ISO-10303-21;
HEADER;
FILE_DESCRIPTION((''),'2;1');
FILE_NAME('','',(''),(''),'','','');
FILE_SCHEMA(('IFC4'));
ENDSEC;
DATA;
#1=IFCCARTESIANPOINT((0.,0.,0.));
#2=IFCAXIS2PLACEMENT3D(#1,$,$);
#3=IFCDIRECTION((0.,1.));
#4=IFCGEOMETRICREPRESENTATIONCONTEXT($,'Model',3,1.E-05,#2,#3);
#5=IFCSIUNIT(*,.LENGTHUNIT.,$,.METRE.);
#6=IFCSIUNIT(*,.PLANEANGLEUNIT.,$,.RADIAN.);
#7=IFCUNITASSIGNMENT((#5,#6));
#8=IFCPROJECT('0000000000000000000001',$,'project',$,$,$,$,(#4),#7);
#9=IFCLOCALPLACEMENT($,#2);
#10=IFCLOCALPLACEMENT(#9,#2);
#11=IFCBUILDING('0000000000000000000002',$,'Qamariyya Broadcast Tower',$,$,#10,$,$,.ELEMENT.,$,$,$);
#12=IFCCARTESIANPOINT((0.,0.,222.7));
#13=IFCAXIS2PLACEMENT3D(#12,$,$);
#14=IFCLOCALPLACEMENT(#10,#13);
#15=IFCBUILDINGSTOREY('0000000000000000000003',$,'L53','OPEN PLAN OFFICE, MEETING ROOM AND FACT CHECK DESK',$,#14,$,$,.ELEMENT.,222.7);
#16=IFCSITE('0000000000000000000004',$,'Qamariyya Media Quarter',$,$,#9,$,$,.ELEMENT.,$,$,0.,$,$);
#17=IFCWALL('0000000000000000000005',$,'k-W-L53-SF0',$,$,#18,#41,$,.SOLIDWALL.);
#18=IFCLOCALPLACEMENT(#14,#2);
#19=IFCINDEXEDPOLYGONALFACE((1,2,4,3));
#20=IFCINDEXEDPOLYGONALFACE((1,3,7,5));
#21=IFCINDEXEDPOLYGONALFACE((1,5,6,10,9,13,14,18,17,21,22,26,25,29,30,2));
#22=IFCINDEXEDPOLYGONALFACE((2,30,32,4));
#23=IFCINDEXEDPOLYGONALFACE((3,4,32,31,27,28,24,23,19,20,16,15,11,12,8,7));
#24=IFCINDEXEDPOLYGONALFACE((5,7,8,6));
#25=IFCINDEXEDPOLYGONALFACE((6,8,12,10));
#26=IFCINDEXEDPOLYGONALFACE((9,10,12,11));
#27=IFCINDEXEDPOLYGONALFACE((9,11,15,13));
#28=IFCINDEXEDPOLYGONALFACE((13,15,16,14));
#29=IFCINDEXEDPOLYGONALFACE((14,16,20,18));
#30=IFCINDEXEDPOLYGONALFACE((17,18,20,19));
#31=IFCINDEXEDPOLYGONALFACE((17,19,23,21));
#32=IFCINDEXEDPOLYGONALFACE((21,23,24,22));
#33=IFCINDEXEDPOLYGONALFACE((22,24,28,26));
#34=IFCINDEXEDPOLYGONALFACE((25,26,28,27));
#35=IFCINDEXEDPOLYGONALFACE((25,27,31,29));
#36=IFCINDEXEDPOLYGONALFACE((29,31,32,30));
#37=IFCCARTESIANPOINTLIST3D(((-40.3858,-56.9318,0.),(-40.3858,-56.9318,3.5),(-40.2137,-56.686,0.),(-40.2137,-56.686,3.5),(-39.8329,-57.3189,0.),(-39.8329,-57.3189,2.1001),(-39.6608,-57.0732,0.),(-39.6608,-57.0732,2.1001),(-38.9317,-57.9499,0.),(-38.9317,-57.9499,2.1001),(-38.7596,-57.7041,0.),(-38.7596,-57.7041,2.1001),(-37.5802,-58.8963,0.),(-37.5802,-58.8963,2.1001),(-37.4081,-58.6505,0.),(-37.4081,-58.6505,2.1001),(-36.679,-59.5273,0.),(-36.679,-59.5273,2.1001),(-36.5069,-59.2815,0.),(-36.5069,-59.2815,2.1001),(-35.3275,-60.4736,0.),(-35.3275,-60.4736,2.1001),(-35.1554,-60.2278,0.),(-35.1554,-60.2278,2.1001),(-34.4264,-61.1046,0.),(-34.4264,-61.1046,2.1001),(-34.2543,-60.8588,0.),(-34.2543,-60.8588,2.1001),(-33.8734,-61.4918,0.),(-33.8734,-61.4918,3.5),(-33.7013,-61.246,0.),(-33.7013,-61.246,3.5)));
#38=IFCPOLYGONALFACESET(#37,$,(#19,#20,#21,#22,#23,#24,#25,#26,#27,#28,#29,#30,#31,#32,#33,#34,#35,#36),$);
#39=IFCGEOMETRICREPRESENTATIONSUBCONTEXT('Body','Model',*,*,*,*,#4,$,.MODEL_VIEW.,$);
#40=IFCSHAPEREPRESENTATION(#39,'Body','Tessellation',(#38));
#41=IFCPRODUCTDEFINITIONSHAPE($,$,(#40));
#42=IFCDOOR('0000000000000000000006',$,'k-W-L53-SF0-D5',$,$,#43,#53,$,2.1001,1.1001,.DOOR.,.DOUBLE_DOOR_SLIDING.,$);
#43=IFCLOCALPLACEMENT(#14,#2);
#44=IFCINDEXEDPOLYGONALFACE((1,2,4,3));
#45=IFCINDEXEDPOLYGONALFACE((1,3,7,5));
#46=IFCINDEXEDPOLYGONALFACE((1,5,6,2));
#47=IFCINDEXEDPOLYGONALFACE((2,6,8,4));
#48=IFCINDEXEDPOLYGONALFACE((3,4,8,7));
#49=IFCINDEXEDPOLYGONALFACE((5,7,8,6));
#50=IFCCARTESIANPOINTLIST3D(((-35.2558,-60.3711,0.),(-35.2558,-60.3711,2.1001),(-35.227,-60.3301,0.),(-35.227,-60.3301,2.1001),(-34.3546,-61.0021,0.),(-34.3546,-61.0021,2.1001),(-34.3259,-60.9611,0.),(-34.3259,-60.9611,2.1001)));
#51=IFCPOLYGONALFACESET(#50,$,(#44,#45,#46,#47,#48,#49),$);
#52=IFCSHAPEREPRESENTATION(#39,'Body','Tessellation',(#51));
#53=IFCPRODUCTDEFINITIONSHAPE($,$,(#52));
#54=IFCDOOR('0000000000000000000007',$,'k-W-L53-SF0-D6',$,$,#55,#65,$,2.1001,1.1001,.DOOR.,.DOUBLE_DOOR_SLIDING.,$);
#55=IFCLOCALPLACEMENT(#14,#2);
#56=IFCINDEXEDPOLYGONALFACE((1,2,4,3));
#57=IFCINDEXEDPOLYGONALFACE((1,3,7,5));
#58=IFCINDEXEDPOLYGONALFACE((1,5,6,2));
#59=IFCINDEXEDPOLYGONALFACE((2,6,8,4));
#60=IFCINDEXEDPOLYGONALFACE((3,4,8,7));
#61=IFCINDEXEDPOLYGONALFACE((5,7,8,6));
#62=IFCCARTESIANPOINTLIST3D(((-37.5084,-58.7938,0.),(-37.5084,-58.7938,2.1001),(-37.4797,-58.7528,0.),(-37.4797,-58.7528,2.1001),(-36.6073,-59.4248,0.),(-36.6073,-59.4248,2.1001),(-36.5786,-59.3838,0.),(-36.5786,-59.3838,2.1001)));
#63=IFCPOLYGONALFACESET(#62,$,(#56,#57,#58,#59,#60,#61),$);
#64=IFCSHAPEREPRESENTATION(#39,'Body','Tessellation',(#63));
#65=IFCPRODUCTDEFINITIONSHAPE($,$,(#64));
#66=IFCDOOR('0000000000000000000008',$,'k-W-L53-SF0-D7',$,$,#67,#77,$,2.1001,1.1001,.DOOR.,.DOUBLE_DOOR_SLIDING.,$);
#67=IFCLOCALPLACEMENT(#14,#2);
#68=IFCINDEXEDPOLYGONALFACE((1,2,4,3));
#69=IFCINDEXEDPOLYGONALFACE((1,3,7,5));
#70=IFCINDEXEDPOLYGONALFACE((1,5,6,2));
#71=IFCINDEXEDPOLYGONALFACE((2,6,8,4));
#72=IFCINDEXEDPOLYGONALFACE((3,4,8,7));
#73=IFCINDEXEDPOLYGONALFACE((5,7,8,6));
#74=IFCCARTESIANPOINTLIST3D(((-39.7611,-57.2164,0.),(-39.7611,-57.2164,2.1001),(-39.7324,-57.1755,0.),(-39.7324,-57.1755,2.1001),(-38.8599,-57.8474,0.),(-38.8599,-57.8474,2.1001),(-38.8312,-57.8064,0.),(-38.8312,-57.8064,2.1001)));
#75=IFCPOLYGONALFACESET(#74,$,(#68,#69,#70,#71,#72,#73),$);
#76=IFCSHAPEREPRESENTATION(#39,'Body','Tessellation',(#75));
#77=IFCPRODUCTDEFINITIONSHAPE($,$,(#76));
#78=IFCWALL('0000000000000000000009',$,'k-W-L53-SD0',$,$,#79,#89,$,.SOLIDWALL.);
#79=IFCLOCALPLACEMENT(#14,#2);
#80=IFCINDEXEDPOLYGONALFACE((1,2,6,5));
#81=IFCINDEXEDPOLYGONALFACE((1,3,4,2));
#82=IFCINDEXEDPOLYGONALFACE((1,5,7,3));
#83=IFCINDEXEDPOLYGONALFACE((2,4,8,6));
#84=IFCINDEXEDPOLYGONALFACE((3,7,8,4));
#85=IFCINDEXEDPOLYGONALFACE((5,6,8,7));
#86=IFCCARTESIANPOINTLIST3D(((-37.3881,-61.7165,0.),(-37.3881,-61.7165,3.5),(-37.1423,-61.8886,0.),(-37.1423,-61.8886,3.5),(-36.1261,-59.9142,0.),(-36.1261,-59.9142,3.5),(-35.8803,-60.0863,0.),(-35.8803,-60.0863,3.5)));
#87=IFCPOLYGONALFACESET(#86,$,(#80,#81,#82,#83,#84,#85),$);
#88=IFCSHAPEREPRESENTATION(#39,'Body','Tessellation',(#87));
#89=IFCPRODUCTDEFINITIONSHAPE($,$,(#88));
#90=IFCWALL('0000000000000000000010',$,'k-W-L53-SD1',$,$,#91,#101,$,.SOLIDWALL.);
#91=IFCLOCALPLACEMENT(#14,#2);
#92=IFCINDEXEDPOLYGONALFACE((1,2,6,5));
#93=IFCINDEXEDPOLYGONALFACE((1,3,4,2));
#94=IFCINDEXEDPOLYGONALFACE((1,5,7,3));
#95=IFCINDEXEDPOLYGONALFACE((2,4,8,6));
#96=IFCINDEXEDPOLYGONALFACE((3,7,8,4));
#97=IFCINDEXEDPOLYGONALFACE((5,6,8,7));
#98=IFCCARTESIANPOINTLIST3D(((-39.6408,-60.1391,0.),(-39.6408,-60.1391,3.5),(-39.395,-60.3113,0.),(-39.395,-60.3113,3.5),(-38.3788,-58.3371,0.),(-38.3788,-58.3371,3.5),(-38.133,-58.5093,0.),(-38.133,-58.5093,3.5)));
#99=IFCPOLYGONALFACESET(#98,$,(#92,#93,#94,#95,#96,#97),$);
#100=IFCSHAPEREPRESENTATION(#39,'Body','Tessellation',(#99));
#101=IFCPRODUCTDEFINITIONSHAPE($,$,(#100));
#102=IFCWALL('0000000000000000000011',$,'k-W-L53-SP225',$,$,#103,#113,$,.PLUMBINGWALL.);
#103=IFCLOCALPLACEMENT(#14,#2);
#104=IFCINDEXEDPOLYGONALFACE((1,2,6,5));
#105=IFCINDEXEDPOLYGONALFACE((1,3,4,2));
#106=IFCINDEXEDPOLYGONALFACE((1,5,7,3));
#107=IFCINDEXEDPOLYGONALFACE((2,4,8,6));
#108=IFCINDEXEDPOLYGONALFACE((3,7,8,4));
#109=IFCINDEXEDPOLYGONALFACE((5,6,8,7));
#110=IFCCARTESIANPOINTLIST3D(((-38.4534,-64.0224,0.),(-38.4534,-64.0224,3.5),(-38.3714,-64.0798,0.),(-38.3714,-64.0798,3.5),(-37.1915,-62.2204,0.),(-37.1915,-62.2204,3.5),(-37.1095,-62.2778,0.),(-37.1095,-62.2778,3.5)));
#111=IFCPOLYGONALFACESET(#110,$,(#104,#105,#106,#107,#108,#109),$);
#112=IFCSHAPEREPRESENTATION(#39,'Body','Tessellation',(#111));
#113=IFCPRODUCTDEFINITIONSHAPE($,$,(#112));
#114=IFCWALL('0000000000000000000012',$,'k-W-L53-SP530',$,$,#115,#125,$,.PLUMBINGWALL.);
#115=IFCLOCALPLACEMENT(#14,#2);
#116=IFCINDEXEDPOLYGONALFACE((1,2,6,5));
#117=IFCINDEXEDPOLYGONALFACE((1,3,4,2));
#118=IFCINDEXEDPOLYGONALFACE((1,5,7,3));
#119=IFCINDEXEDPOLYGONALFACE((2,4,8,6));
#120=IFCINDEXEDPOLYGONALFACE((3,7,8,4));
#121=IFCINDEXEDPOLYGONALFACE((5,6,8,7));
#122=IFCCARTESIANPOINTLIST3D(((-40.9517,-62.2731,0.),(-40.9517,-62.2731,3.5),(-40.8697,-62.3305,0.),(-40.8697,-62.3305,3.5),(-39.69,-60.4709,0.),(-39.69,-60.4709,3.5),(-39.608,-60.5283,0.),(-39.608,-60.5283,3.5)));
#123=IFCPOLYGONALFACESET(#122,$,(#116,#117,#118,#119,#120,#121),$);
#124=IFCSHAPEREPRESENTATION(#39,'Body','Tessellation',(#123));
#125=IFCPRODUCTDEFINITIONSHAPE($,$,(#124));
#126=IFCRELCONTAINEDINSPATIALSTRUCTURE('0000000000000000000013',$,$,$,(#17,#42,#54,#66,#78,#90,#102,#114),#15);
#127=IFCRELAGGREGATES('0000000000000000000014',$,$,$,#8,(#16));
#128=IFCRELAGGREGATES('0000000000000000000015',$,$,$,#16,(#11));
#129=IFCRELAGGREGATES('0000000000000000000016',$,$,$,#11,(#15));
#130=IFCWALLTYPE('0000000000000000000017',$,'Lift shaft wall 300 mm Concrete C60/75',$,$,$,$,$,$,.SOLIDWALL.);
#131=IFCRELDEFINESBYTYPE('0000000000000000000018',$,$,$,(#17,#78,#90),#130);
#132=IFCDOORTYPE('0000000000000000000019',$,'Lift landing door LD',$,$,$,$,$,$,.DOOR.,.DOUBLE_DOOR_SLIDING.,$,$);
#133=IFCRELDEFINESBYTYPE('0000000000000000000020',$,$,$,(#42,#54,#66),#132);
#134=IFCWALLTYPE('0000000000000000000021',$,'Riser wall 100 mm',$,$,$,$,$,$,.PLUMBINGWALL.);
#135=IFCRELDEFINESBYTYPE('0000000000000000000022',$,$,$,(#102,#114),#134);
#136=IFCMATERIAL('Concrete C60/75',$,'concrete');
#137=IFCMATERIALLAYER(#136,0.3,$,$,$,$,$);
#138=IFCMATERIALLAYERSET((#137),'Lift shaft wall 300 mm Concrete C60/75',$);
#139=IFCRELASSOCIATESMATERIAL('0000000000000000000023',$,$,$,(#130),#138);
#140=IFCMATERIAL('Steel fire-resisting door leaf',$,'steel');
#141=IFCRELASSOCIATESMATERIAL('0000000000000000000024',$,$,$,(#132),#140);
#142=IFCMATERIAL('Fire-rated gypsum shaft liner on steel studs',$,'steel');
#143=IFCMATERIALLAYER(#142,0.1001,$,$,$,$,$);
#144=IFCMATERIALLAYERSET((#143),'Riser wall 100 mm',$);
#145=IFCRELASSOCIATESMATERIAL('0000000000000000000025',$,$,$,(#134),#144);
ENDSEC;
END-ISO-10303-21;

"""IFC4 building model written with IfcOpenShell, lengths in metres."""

from ifc_helpers import new_model, si_unit, direction, frame, frame_2d, origin, place, context, subcontext, project, spatial, rectangle, extrude, material, layer, layer_set, type_object, element, fill, save


model = new_model("IFC4")

# Units and contexts
model_context = context("Model", 3, precision=1e-05, world=origin(), true_north=direction((0.0, 1.0)))
body_context = subcontext(model_context, "Body", "Model", "MODEL_VIEW")
ifc_project = project(units=[si_unit("LENGTHUNIT", "METRE"), si_unit("PLANEANGLEUNIT", "RADIAN")], contexts=[model_context])

# Site, building, storey
site_placement = place(None, origin())
site = spatial("IfcSite", under=ifc_project, at=site_placement, Name="Qamariyya Media Quarter", CompositionType="ELEMENT", RefElevation=0.0)
building_placement = place(site_placement, origin())
building = spatial("IfcBuilding", under=site, at=building_placement, Name="Qamariyya Broadcast Tower", CompositionType="ELEMENT")
storey_placement = place(building_placement, frame((0.0, 0.0, 222.7)))
storey = spatial("IfcBuildingStorey", under=building, at=storey_placement, Name="L53", Description="OPEN PLAN OFFICE, MEETING ROOM AND FACT CHECK DESK", CompositionType="ELEMENT", Elevation=222.7)

# Shared definitions
ifc_material_1 = material(Name="Concrete C60/75", Category="concrete")
ifc_layer_1 = layer(ifc_material_1, 0.3)
ifc_layer_set_1 = layer_set([ifc_layer_1], Name="Lift shaft wall 300 mm Concrete C60/75")
wall_type_1 = type_object("IfcWallType", Name="Lift shaft wall 300 mm Concrete C60/75", PredefinedType="SOLIDWALL", material=ifc_layer_set_1)
ifc_material_2 = material(Name="Steel fire-resisting door leaf", Category="steel")

# Wall, openings, doors
wall_1_placement = place(storey_placement, frame((-33.7874, -61.3689, 0.0), z_axis=(0.0, 0.0, 1.0), x_axis=(-0.819153, 0.573576, 0.0)))
wall_1 = element("IfcWall", 1, at=wall_1_placement, inside=storey, type_object=wall_type_1, Name="k-W-L53-SF0", PredefinedType="SOLIDWALL", context=body_context, shape_type="SweptSolid", body=[
    extrude(rectangle(XDim=7.9502, YDim=0.3, at=frame_2d((3.9751, 0.0))), origin(), (0.0, 0.0, 1.0), 3.5),
])
opening_1_placement = place(wall_1_placement, frame((0.675, 0.0, 0.0)))
opening_1 = element("IfcOpeningElement", 2, at=opening_1_placement, cuts=wall_1, PredefinedType="OPENING", context=body_context, shape_type="SweptSolid", body=[
    extrude(rectangle(XDim=1.1001, YDim=2.1001, at=frame_2d((0.55, 1.05))), frame((0.0, 0.1599, 0.0), z_axis=(0.0, -1.0, 0.0), x_axis=(1.0, 0.0, 0.0)), (0.0, 0.0, 1.0), 0.3201),
])
opening_2_placement = place(wall_1_placement, frame((3.425, 0.0, 0.0)))
opening_2 = element("IfcOpeningElement", 3, at=opening_2_placement, cuts=wall_1, PredefinedType="OPENING", context=body_context, shape_type="SweptSolid", body=[
    extrude(rectangle(XDim=1.1001, YDim=2.1001, at=frame_2d((0.55, 1.05))), frame((0.0, 0.1599, 0.0), z_axis=(0.0, -1.0, 0.0), x_axis=(1.0, 0.0, 0.0)), (0.0, 0.0, 1.0), 0.3201),
])
opening_3_placement = place(wall_1_placement, frame((6.175, 0.0, 0.0)))
opening_3 = element("IfcOpeningElement", 4, at=opening_3_placement, cuts=wall_1, PredefinedType="OPENING", context=body_context, shape_type="SweptSolid", body=[
    extrude(rectangle(XDim=1.1001, YDim=2.1001, at=frame_2d((0.55, 1.05))), frame((0.0, 0.1599, 0.0), z_axis=(0.0, -1.0, 0.0), x_axis=(1.0, 0.0, 0.0)), (0.0, 0.0, 1.0), 0.3201),
])
door_type_1 = type_object("IfcDoorType", Name="Lift landing door LD", OperationType="DOUBLE_DOOR_SLIDING", PredefinedType="DOOR", material=ifc_material_2)
door_1_placement = place(opening_1_placement, origin())
door_1 = element("IfcDoor", 5, at=door_1_placement, inside=storey, type_object=door_type_1, Name="k-W-L53-SF0-D5", OperationType="DOUBLE_DOOR_SLIDING", OverallHeight=2.1001, OverallWidth=1.1001, PredefinedType="DOOR", context=body_context, shape_type="SweptSolid", body=[
    extrude(rectangle(XDim=1.1001, YDim=2.1001, at=frame_2d((0.55, 1.05))), frame((0.0, 0.0249, 0.0), z_axis=(0.0, -1.0, 0.0), x_axis=(1.0, 0.0, 0.0)), (0.0, 0.0, 1.0), 0.05),
])
fill(opening_1, door_1)
door_2_placement = place(opening_2_placement, origin())
door_2 = element("IfcDoor", 6, at=door_2_placement, inside=storey, type_object=door_type_1, Name="k-W-L53-SF0-D6", OperationType="DOUBLE_DOOR_SLIDING", OverallHeight=2.1001, OverallWidth=1.1001, PredefinedType="DOOR", context=body_context, shape_type="SweptSolid", body=[
    extrude(rectangle(XDim=1.1001, YDim=2.1001, at=frame_2d((0.55, 1.05))), frame((0.0, 0.0249, 0.0), z_axis=(0.0, -1.0, 0.0), x_axis=(1.0, 0.0, 0.0)), (0.0, 0.0, 1.0), 0.05),
])
fill(opening_2, door_2)
door_3_placement = place(opening_3_placement, origin())
door_3 = element("IfcDoor", 7, at=door_3_placement, inside=storey, type_object=door_type_1, Name="k-W-L53-SF0-D7", OperationType="DOUBLE_DOOR_SLIDING", OverallHeight=2.1001, OverallWidth=1.1001, PredefinedType="DOOR", context=body_context, shape_type="SweptSolid", body=[
    extrude(rectangle(XDim=1.1001, YDim=2.1001, at=frame_2d((0.55, 1.05))), frame((0.0, 0.0249, 0.0), z_axis=(0.0, -1.0, 0.0), x_axis=(1.0, 0.0, 0.0)), (0.0, 0.0, 1.0), 0.05),
])
fill(opening_3, door_3)

# Walls
wall_2_placement = place(storey_placement, frame((-36.0032, -60.0002, 0.0), z_axis=(0.0, 0.0, 1.0), x_axis=(-0.573581, -0.819149, 0.0)))
element("IfcWall", 8, at=wall_2_placement, inside=storey, type_object=wall_type_1, Name="k-W-L53-SD0", PredefinedType="SOLIDWALL", context=body_context, shape_type="SweptSolid", body=[
    extrude(rectangle(XDim=2.2002, YDim=0.3, at=frame_2d((1.1001, 0.0))), origin(), (0.0, 0.0, 1.0), 3.5),
])
wall_3_placement = place(storey_placement, frame((-38.2559, -58.4231, 0.0), z_axis=(0.0, 0.0, 1.0), x_axis=(-0.573634, -0.819112, 0.0)))
element("IfcWall", 9, at=wall_3_placement, inside=storey, type_object=wall_type_1, Name="k-W-L53-SD1", PredefinedType="SOLIDWALL", context=body_context, shape_type="SweptSolid", body=[
    extrude(rectangle(XDim=2.2, YDim=0.3, at=frame_2d((1.1001, 0.0))), origin(), (0.0, 0.0, 1.0), 3.5),
])
ifc_material_3 = material(Name="Fire-rated gypsum shaft liner on steel studs", Category="steel")
ifc_layer_2 = layer(ifc_material_3, 0.1001)
ifc_layer_set_2 = layer_set([ifc_layer_2], Name="Riser wall 100 mm")
wall_type_2 = type_object("IfcWallType", Name="Riser wall 100 mm", PredefinedType="PLUMBINGWALL", material=ifc_layer_set_2)
for number, where, z_axis, x_axis, name in (
    (10, (-37.1504, -62.249, 0.0), (0.0, 0.0, 1.0), (-0.573634, -0.819112, 0.0), "k-W-L53-SP225"),
    (11, (-39.6489, -60.4995, 0.0), (0.0, 0.0, 1.0), (-0.573507, -0.819201, 0.0), "k-W-L53-SP530"),
):
    element("IfcWall", number, at=place(storey_placement, frame(where, z_axis=z_axis, x_axis=x_axis)), inside=storey, type_object=wall_type_2, Name=name, PredefinedType="PLUMBINGWALL", context=body_context, shape_type="SweptSolid", body=[
        extrude(rectangle(XDim=2.2, YDim=0.1001, at=frame_2d((1.1001, 0.0))), origin(), (0.0, 0.0, 1.0), 3.5),
    ])

save(model, "model.ifc")
